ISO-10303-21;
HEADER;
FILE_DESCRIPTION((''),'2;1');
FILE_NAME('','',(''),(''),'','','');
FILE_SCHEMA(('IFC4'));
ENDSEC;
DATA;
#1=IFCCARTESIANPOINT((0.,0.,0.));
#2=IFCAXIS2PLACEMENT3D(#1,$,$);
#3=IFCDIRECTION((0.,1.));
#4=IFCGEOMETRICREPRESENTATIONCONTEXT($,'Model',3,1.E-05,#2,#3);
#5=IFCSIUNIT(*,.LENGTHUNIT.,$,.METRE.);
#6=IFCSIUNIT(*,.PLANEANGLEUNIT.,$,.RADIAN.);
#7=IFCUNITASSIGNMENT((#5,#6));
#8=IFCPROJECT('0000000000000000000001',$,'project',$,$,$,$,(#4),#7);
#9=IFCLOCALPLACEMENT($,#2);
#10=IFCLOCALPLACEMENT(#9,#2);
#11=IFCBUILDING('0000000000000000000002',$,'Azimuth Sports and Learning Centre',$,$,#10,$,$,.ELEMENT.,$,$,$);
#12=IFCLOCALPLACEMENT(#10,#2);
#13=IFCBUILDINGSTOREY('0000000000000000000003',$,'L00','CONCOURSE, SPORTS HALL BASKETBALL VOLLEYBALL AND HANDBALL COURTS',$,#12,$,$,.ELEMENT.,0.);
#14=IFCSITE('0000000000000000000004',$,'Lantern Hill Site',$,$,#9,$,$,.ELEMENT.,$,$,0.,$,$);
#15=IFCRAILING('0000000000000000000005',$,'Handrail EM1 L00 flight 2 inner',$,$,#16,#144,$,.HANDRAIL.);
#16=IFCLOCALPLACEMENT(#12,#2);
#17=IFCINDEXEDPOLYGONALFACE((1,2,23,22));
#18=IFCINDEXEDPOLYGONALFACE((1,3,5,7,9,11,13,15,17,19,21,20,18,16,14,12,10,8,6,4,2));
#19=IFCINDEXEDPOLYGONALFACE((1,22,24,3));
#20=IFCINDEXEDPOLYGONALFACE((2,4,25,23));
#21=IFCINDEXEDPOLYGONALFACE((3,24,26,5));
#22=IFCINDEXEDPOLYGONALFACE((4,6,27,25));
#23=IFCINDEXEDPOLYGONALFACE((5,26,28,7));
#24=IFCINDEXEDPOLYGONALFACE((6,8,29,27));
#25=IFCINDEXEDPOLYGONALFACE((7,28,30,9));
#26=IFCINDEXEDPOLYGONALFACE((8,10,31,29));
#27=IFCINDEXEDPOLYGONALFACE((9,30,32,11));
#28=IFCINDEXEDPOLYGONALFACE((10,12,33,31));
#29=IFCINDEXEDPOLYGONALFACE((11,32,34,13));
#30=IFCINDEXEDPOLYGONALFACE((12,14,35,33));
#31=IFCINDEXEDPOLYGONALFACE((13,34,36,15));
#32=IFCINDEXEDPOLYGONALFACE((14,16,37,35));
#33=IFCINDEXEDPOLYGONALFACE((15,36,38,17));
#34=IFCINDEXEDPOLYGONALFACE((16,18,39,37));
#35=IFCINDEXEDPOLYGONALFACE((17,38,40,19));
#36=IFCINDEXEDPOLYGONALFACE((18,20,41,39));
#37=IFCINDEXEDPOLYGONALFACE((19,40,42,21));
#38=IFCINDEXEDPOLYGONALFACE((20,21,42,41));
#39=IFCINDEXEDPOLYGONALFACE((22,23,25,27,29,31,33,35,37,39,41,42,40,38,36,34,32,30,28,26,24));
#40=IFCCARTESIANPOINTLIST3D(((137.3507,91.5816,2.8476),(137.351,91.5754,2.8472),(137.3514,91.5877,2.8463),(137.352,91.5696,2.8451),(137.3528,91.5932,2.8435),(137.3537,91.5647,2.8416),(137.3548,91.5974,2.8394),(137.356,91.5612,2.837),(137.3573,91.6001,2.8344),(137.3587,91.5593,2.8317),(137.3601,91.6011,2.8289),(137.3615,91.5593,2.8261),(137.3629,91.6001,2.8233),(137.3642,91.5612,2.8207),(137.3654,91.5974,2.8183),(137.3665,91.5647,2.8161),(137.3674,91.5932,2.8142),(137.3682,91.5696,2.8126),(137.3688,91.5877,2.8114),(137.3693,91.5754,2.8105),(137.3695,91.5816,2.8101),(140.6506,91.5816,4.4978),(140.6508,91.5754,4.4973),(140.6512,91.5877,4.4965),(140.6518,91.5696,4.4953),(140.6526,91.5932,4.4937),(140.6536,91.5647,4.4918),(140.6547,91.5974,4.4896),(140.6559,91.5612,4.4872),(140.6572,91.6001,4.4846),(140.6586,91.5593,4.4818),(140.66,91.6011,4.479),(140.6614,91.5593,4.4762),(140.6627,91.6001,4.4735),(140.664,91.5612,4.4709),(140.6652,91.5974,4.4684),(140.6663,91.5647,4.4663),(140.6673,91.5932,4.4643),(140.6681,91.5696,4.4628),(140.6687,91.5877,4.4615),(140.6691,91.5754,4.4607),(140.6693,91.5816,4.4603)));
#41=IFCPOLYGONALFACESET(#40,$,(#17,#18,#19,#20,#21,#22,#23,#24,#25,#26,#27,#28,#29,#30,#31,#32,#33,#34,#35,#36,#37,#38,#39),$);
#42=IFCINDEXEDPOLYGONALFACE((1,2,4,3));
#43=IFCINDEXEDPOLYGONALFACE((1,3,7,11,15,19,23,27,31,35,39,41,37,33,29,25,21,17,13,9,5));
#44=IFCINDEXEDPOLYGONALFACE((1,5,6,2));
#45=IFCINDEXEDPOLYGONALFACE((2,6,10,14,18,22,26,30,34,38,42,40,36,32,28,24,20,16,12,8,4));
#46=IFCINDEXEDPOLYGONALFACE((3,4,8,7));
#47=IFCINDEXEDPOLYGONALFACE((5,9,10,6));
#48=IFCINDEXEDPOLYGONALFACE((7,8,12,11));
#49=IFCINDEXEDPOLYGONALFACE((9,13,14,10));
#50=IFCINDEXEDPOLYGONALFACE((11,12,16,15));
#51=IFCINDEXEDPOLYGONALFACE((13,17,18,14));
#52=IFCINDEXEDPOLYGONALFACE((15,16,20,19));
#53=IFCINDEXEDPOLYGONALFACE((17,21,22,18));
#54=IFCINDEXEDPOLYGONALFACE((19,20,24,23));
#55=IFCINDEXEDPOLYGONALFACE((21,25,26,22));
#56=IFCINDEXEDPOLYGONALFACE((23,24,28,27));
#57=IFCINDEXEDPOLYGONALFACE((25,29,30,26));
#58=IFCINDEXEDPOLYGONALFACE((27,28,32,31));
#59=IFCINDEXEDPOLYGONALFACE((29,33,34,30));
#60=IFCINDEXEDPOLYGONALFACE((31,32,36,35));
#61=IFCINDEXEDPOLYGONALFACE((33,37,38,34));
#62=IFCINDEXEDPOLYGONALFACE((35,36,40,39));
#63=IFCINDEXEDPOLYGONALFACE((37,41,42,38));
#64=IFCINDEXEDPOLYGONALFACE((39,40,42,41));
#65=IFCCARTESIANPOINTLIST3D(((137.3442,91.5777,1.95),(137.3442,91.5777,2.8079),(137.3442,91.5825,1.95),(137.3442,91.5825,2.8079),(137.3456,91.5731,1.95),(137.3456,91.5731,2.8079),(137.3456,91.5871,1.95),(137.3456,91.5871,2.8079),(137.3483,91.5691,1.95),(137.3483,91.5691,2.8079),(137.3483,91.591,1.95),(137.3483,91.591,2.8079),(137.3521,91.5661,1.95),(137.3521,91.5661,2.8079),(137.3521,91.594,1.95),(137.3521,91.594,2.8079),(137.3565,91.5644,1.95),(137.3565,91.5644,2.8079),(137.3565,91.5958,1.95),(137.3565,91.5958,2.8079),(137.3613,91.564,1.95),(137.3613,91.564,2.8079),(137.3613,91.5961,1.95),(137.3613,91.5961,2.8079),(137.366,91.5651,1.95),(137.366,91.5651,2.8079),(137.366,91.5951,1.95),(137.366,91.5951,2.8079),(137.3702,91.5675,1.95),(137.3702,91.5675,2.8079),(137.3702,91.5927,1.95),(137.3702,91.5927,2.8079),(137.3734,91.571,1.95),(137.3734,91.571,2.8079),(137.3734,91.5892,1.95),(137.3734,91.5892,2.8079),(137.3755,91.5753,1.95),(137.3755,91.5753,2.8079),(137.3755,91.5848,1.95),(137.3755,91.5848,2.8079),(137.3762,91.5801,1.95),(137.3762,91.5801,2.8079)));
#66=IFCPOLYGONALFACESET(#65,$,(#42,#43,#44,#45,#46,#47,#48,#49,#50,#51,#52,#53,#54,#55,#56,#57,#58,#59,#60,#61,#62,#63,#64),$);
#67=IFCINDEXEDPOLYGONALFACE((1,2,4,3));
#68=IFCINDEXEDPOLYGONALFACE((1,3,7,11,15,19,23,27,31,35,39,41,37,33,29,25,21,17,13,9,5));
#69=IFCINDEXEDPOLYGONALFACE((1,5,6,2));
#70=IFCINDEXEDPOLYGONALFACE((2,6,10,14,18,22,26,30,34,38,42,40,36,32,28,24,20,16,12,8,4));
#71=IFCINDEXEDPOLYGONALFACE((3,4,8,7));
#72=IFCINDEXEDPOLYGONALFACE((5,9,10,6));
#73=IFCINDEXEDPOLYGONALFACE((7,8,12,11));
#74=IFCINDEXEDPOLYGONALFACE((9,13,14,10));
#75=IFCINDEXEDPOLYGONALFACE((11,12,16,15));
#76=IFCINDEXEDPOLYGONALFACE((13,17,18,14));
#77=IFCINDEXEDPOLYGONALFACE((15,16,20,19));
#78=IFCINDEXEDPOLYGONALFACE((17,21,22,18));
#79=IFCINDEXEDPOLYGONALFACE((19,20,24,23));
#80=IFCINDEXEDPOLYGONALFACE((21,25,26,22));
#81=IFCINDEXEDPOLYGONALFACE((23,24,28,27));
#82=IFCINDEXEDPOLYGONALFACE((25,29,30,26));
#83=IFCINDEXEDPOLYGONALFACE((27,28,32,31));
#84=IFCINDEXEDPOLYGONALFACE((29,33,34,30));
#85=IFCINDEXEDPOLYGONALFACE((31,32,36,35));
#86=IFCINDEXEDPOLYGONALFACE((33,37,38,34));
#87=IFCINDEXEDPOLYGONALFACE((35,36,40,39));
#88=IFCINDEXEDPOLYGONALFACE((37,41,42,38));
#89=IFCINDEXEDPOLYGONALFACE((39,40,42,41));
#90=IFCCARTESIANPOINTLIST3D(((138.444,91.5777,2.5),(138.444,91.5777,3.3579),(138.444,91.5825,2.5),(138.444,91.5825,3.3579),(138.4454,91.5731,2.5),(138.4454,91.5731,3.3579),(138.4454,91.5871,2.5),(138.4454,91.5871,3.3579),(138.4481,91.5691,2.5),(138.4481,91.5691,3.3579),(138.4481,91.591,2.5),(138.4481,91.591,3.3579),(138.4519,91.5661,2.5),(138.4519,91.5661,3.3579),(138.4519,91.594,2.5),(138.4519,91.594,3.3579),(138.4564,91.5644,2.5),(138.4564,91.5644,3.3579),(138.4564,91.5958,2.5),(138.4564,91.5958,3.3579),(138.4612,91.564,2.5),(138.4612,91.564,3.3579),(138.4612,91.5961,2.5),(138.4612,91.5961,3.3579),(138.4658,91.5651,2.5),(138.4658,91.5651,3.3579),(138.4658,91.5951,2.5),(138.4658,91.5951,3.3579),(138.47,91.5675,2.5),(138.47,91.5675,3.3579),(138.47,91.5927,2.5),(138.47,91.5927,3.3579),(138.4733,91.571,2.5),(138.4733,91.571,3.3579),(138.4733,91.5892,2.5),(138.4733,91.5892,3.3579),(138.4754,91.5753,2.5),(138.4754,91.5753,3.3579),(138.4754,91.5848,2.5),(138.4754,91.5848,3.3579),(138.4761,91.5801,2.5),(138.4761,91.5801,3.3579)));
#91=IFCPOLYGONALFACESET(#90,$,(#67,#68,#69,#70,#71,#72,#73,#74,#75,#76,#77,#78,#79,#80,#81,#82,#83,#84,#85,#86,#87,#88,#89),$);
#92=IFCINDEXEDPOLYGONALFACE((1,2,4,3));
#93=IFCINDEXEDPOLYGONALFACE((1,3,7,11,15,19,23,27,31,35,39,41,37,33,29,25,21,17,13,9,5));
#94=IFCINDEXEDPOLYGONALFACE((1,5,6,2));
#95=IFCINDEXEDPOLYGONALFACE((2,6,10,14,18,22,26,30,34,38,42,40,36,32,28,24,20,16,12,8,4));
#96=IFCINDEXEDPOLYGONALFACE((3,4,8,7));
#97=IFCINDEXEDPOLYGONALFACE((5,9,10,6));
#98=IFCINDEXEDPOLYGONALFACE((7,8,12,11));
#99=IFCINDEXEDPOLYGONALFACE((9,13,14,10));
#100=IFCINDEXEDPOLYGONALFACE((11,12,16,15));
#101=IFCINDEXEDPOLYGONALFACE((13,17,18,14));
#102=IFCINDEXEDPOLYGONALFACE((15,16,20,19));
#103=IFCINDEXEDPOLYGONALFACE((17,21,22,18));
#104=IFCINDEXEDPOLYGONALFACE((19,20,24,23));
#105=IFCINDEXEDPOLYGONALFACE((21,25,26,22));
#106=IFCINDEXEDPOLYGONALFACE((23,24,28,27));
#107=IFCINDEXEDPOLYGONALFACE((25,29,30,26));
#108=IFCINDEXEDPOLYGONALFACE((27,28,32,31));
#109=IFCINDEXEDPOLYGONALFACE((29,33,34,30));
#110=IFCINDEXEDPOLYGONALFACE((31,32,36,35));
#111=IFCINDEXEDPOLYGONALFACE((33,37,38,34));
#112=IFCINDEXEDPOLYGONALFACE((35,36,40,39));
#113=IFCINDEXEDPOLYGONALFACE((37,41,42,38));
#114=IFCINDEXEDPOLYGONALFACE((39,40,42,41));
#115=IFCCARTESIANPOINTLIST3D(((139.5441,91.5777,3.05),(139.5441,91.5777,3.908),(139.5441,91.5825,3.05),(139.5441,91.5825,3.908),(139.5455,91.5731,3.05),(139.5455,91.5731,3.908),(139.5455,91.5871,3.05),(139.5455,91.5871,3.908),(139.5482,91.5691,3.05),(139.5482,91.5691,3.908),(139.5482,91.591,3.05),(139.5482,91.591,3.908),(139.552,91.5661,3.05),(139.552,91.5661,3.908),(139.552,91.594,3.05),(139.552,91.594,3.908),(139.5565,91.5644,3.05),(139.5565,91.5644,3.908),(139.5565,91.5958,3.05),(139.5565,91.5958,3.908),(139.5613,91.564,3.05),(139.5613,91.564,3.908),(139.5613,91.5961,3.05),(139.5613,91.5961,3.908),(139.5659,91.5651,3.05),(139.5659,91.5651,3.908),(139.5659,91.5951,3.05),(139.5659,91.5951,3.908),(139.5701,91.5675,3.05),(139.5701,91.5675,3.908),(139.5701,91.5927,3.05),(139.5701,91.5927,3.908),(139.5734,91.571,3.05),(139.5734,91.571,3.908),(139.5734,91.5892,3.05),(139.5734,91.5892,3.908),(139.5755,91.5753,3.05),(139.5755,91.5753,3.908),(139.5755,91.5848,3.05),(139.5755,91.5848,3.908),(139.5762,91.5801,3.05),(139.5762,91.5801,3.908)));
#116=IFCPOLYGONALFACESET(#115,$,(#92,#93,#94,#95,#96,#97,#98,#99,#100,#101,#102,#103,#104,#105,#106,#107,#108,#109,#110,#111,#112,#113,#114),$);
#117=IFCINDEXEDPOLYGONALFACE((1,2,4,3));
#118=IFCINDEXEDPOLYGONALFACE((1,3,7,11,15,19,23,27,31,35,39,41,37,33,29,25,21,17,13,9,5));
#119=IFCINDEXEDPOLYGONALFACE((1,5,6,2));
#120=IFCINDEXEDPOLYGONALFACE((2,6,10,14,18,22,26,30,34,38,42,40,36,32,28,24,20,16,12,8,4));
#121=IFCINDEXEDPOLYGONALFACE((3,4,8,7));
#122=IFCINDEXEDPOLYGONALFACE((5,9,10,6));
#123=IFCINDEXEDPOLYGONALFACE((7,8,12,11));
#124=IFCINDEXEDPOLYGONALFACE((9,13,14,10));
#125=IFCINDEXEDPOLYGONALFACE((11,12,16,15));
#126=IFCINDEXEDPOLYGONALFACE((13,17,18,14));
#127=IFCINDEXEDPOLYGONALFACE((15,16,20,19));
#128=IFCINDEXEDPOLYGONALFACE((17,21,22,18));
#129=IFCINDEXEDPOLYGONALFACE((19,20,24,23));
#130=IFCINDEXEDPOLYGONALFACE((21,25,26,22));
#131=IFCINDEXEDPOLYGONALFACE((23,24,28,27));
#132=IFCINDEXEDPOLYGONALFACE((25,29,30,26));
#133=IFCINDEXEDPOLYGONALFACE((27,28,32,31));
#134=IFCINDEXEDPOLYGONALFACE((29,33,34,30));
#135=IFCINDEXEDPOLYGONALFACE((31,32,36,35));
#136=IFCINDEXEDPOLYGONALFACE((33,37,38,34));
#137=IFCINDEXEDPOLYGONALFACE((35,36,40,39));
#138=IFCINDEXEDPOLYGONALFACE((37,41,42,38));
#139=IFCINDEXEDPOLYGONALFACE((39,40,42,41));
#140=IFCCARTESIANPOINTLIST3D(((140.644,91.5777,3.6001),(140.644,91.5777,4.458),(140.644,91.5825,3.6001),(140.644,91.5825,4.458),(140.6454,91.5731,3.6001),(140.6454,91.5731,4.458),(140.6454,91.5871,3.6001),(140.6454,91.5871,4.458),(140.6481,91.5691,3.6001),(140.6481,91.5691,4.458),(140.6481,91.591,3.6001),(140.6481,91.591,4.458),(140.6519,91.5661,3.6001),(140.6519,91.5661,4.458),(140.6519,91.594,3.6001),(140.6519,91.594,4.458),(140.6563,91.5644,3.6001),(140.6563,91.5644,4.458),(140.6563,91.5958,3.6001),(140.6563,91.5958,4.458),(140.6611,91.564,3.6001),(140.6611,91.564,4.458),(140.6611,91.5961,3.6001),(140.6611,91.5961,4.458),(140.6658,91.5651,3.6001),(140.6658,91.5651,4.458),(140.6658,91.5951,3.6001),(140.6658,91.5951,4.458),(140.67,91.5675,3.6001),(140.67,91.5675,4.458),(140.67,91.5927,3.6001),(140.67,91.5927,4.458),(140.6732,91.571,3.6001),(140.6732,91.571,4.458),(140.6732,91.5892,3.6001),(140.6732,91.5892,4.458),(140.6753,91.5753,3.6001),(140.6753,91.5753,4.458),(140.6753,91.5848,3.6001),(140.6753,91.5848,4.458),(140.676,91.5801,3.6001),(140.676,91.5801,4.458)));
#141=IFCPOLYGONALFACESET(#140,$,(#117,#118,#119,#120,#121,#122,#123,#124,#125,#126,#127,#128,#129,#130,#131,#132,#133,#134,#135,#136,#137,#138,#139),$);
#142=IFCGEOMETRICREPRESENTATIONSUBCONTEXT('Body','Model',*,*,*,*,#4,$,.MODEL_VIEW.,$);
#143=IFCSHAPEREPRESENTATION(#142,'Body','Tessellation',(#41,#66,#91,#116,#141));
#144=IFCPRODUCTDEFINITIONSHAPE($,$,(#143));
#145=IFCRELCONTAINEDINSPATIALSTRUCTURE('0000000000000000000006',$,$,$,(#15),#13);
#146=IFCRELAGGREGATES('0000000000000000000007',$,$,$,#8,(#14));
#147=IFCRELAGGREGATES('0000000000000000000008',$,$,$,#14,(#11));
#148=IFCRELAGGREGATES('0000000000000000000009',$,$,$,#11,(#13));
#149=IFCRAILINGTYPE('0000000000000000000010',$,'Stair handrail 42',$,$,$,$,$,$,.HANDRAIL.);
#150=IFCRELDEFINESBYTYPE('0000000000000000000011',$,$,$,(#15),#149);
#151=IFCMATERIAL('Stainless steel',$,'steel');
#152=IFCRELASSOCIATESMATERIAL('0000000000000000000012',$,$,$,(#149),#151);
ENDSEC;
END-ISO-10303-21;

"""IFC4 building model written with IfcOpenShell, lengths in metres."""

from ifc_helpers import new_model, si_unit, direction, frame, origin, origin_2d, place, context, subcontext, project, spatial, circle, extrude, material, type_object, element, save


model = new_model("IFC4")

# Units and contexts
model_context = context("Model", 3, precision=1e-05, world=origin(), true_north=direction((0.0, 1.0)))
body_context = subcontext(model_context, "Body", "Model", "MODEL_VIEW")
ifc_project = project(units=[si_unit("LENGTHUNIT", "METRE"), si_unit("PLANEANGLEUNIT", "RADIAN")], contexts=[model_context])

# Site, building, storey
site_placement = place(None, origin())
site = spatial("IfcSite", under=ifc_project, at=site_placement, Name="Lantern Hill Site", CompositionType="ELEMENT", RefElevation=0.0)
building_placement = place(site_placement, origin())
building = spatial("IfcBuilding", under=site, at=building_placement, Name="Azimuth Sports and Learning Centre", CompositionType="ELEMENT")
storey_placement = place(building_placement, origin())
storey = spatial("IfcBuildingStorey", under=building, at=storey_placement, Name="L00", Description="CONCOURSE, SPORTS HALL BASKETBALL VOLLEYBALL AND HANDBALL COURTS", CompositionType="ELEMENT", Elevation=0.0)

# Railing
ifc_material_1 = material(Name="Stainless steel", Category="steel")
railing_type_1 = type_object("IfcRailingType", Name="Stair handrail 42", PredefinedType="HANDRAIL", material=ifc_material_1)
for number, where, name in (
    (1, (137.3601, 91.5801, 1.95), "Handrail EM1 L00 flight 2 inner"),
):
    element("IfcRailing", number, at=place(storey_placement, frame(where)), inside=storey, type_object=railing_type_1, Name=name, PredefinedType="HANDRAIL", context=body_context, shape_type="SweptSolid", body=[
        extrude(circle(Radius=0.021, at=origin_2d()), frame((0.0, 0.0, 0.8789), z_axis=(0.894401, 0.0, 0.447267), x_axis=(0.0, 1.0, 0.0)), (0.0, 0.0, 1.0), 3.6895),
        extrude(circle(Radius=0.0161, at=origin_2d()), origin(), (0.0, 0.0, 1.0), 0.8579),
        extrude(circle(Radius=0.0161, at=origin_2d()), frame((1.0999, 0.0, 0.55)), (0.0, 0.0, 1.0), 0.8579),
        extrude(circle(Radius=0.0161, at=origin_2d()), frame((2.2, 0.0, 1.1001)), (0.0, 0.0, 1.0), 0.8579),
        extrude(circle(Radius=0.0161, at=origin_2d()), frame((3.2998, 0.0, 1.6501)), (0.0, 0.0, 1.0), 0.8579),
    ])

save(model, "model.ifc")
